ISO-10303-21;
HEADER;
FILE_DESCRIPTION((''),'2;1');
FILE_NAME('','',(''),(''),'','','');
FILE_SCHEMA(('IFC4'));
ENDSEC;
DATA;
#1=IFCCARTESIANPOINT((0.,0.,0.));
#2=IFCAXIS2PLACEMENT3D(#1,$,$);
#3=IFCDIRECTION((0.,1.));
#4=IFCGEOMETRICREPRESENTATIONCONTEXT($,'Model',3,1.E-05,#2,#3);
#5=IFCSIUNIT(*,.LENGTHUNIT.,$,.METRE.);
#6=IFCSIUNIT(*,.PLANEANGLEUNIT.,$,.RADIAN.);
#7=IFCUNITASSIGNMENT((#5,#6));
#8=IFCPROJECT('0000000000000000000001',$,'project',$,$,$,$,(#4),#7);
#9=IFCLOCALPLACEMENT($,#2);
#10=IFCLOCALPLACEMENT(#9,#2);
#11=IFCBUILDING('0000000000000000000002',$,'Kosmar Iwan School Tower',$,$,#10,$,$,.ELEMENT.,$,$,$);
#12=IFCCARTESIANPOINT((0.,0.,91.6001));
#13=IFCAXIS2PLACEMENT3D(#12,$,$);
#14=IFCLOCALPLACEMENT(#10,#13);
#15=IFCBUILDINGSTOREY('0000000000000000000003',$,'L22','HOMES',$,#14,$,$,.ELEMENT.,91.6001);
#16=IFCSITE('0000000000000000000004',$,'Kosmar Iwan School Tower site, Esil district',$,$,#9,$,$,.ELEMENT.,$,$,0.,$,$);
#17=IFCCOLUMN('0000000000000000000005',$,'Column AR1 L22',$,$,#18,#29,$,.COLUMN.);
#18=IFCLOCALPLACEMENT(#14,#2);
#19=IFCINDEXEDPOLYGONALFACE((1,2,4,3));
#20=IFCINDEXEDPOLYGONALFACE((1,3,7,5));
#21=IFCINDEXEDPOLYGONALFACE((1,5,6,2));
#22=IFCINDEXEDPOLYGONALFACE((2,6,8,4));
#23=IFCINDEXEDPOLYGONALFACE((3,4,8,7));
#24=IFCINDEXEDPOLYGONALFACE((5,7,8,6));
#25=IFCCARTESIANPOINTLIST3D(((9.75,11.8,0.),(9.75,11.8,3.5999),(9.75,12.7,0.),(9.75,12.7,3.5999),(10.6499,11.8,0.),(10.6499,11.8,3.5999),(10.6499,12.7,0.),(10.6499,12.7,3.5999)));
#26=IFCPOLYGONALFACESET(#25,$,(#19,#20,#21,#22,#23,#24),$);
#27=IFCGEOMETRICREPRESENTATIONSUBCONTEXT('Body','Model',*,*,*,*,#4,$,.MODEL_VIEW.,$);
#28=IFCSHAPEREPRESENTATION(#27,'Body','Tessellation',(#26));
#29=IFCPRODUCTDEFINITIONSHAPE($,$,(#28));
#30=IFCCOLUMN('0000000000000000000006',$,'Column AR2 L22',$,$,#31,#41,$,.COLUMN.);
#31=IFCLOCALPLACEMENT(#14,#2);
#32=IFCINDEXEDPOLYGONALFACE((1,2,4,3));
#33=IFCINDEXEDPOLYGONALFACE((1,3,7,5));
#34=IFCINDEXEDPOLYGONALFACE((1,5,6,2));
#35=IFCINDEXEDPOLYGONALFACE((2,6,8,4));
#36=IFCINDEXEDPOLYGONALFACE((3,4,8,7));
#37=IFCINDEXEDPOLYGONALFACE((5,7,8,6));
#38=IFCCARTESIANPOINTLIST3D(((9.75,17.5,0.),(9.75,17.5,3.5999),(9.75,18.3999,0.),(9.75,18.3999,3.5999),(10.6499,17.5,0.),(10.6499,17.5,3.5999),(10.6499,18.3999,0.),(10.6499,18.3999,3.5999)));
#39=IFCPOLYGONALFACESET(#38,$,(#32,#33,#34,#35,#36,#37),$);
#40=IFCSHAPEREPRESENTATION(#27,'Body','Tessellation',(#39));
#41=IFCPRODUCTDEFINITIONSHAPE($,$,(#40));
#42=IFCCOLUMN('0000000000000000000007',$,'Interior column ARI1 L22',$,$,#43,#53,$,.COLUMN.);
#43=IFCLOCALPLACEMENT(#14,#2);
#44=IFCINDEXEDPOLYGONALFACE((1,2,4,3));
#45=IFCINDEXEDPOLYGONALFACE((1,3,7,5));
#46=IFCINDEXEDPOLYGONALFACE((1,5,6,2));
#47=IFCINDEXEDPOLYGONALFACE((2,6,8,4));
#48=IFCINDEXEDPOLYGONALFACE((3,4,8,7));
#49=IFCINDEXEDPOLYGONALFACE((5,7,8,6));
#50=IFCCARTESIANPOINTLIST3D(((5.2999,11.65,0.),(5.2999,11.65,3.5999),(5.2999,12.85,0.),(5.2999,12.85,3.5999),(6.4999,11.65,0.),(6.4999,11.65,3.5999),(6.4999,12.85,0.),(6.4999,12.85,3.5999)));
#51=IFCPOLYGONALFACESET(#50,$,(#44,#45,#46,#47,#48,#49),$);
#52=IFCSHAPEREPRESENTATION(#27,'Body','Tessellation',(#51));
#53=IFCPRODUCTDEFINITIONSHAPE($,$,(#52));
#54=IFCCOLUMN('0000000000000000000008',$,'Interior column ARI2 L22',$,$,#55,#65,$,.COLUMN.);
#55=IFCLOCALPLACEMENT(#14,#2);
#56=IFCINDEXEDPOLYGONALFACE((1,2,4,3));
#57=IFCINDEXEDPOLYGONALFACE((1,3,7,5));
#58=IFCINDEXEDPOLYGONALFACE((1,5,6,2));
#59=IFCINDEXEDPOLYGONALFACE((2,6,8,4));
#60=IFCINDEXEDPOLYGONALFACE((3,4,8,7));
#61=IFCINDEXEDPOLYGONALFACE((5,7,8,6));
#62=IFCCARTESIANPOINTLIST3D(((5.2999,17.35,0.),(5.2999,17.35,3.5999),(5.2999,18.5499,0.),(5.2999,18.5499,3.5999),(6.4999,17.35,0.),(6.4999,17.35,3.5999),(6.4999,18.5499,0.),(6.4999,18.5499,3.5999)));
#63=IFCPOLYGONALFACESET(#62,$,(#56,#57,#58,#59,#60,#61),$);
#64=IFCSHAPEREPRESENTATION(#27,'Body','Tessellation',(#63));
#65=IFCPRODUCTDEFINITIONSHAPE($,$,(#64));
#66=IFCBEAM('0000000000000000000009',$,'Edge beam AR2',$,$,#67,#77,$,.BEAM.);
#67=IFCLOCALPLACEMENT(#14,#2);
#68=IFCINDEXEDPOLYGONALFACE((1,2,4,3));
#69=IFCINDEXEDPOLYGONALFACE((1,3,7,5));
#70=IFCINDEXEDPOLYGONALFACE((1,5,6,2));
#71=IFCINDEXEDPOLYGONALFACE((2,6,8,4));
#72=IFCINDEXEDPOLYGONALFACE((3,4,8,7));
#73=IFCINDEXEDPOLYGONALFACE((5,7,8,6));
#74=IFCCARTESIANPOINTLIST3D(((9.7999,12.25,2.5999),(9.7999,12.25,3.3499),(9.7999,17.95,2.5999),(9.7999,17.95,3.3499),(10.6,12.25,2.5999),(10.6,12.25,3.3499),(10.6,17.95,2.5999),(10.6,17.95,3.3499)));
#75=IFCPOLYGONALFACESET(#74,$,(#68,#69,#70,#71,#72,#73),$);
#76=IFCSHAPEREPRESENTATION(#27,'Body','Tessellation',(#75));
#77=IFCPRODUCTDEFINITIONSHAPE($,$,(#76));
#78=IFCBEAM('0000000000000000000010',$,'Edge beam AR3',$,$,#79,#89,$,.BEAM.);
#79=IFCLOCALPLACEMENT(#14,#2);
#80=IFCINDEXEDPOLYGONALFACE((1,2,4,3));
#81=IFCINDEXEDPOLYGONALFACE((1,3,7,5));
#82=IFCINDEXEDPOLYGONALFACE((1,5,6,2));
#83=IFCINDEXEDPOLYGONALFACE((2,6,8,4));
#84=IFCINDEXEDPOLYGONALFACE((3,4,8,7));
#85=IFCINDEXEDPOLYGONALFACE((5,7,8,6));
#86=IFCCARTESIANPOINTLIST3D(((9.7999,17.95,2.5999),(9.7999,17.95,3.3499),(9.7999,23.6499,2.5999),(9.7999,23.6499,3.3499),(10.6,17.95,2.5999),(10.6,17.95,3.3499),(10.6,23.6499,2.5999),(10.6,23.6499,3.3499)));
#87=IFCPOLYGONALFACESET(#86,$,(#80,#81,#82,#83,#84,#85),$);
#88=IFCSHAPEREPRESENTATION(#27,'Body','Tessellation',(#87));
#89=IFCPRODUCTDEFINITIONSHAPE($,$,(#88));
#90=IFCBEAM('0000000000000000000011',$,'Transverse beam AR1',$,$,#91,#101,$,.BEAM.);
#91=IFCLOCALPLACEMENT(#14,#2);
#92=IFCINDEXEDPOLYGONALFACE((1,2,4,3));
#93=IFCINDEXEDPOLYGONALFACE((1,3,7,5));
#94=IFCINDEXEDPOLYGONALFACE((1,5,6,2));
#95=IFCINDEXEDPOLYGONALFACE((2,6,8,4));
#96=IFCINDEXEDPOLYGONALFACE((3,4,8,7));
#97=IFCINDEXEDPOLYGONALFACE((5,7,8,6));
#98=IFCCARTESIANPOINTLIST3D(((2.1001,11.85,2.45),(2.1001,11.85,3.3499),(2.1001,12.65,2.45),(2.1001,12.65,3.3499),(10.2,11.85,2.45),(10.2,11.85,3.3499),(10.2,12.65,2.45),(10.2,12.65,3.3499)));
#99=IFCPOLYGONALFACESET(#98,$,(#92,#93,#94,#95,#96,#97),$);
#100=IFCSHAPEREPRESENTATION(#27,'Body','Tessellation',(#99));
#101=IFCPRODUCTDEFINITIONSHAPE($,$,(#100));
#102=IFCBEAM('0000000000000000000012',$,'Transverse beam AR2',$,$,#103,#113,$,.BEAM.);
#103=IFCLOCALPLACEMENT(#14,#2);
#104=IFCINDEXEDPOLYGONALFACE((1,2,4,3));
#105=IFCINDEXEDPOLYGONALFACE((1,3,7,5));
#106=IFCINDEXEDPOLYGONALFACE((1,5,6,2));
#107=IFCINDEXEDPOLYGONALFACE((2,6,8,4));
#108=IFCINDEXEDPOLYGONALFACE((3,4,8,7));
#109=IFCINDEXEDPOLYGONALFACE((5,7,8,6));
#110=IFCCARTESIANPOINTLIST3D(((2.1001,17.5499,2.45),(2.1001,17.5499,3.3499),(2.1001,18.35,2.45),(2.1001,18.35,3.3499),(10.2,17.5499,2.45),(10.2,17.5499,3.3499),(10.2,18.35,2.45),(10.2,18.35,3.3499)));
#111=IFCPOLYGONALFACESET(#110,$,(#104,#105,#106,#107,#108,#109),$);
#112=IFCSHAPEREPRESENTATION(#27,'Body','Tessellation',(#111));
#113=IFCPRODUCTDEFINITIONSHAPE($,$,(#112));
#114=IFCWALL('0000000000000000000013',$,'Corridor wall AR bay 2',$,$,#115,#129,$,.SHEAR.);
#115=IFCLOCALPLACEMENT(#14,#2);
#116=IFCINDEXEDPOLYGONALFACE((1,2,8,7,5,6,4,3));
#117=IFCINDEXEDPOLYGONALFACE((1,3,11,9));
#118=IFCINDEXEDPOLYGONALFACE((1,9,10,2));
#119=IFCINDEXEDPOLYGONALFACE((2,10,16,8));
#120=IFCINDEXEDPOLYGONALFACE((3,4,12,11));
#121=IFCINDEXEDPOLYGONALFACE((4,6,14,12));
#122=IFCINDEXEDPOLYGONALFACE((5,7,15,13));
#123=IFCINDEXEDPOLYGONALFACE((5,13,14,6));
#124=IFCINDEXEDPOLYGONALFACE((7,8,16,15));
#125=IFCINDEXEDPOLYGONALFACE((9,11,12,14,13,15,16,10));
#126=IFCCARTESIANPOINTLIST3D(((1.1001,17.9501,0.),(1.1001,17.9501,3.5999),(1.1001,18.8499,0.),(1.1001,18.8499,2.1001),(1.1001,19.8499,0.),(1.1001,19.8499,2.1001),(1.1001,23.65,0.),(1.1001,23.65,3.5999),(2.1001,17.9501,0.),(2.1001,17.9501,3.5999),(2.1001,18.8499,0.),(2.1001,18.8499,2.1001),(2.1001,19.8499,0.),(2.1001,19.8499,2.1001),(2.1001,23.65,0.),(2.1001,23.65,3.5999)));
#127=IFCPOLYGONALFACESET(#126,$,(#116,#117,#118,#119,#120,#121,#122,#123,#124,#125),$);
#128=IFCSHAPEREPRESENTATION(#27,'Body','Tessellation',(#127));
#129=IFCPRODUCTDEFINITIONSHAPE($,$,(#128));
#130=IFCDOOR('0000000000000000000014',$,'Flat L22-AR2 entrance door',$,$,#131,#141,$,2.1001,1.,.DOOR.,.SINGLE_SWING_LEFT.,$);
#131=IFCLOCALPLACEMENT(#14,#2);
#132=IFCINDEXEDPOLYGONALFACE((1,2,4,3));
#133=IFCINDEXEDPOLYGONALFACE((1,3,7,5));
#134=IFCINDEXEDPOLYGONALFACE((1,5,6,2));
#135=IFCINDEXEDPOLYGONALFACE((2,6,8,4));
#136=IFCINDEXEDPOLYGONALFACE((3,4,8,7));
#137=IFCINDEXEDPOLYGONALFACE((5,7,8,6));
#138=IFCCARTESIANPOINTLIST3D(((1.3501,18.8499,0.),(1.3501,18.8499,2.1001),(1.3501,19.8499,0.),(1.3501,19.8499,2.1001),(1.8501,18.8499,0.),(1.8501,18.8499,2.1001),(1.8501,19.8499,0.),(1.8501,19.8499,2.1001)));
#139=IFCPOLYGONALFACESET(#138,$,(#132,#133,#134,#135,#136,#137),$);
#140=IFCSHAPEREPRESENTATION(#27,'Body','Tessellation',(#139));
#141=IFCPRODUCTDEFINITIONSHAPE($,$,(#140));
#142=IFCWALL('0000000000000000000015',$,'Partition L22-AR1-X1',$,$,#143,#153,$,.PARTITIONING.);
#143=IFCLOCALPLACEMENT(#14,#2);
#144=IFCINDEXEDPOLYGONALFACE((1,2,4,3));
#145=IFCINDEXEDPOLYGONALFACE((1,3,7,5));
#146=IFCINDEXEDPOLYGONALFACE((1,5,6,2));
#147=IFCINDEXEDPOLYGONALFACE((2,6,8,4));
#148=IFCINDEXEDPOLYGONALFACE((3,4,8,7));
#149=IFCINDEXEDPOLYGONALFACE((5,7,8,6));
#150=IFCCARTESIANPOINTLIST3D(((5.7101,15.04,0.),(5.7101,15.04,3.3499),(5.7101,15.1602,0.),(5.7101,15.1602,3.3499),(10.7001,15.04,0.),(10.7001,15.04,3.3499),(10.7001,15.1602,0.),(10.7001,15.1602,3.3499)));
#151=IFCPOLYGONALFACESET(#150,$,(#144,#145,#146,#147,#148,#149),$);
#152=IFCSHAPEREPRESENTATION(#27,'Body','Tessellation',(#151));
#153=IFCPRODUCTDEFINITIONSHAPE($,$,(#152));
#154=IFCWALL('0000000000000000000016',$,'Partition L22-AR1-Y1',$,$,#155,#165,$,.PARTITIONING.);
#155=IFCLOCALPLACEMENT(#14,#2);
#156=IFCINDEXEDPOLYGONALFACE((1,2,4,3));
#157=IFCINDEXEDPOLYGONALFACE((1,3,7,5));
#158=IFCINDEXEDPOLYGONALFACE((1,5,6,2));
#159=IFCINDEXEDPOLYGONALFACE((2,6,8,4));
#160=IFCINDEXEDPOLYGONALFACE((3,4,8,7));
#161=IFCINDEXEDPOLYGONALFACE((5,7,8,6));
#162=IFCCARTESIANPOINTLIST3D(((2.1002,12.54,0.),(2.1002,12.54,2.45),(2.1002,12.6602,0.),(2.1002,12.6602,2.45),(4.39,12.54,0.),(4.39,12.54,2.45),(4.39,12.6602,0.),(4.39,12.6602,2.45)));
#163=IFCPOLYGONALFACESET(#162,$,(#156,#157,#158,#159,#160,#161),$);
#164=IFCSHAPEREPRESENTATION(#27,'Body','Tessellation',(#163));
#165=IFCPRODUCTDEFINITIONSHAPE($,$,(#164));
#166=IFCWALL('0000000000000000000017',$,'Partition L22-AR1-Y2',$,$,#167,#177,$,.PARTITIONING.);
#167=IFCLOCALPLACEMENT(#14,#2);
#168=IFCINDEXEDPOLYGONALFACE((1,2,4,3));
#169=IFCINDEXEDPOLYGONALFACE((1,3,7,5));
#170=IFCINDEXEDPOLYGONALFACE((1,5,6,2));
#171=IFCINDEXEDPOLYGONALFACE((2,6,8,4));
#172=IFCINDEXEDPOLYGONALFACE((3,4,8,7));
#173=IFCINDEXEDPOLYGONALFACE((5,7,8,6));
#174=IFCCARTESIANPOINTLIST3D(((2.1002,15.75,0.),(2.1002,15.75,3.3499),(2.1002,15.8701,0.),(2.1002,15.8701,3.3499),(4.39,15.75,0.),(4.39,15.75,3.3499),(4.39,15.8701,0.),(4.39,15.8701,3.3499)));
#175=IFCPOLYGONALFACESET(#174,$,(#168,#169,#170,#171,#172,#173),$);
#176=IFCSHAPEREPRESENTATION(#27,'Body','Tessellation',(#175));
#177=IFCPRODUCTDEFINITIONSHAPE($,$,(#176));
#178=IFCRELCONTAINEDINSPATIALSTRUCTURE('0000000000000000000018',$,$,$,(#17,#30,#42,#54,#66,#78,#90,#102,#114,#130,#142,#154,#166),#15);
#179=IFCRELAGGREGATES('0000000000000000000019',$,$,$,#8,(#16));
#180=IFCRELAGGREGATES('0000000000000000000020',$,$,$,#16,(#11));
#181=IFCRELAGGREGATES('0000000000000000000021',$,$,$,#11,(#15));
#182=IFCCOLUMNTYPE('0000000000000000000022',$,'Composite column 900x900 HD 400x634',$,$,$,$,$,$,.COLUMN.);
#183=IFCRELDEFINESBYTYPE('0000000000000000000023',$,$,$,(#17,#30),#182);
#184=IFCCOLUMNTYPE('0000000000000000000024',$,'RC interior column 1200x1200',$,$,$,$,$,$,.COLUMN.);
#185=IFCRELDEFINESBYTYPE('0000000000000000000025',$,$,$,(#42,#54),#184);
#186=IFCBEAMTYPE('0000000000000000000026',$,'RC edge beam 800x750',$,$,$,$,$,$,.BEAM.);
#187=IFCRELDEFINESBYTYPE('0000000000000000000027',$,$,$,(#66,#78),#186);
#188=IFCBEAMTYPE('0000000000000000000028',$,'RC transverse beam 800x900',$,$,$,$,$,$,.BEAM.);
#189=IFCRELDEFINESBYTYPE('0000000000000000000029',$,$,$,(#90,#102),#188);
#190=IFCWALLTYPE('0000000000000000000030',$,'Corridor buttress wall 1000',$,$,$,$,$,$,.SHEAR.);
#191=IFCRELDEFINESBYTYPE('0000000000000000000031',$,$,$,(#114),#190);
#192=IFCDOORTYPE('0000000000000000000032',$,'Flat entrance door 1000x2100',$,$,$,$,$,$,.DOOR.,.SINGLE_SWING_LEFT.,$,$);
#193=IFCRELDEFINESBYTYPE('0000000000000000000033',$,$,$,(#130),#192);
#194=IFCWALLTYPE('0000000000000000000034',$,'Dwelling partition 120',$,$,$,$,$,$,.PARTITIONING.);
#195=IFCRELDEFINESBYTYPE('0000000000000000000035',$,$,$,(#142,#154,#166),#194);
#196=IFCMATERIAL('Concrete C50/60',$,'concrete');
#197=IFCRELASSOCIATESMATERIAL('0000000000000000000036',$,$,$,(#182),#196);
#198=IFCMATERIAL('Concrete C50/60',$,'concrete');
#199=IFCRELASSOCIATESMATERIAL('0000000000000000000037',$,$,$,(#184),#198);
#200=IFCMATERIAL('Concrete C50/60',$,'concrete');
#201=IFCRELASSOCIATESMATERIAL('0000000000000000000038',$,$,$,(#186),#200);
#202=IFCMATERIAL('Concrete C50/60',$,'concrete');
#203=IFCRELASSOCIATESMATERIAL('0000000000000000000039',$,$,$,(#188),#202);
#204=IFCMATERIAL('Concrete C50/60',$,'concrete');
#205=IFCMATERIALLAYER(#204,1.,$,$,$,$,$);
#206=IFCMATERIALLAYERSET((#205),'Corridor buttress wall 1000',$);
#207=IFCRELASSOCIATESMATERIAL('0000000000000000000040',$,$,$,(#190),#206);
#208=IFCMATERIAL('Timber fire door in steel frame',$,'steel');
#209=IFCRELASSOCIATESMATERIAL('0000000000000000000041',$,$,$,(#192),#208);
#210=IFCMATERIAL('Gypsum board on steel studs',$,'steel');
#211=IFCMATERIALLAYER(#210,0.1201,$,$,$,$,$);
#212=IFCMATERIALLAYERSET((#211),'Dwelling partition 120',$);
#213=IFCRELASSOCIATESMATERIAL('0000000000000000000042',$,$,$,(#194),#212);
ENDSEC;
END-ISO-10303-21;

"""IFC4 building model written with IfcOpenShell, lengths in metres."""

from ifc_helpers import new_model, si_unit, direction, frame, frame_2d, origin, origin_2d, place, context, subcontext, project, spatial, rectangle, extrude, material, layer, layer_set, material_profile, profile_set, type_object, element, fill, save


model = new_model("IFC4")

# Units and contexts
model_context = context("Model", 3, precision=1e-05, world=origin(), true_north=direction((0.0, 1.0)))
body_context = subcontext(model_context, "Body", "Model", "MODEL_VIEW")
ifc_project = project(units=[si_unit("LENGTHUNIT", "METRE"), si_unit("PLANEANGLEUNIT", "RADIAN")], contexts=[model_context])

# Site, building, storey
site_placement = place(None, origin())
site = spatial("IfcSite", under=ifc_project, at=site_placement, Name="Kosmar Iwan School Tower site, Esil district", CompositionType="ELEMENT", RefElevation=0.0)
building_placement = place(site_placement, origin())
building = spatial("IfcBuilding", under=site, at=building_placement, Name="Kosmar Iwan School Tower", CompositionType="ELEMENT")
storey_placement = place(building_placement, frame((0.0, 0.0, 91.6001)))
storey = spatial("IfcBuildingStorey", under=building, at=storey_placement, Name="L22", Description="HOMES", CompositionType="ELEMENT", Elevation=91.6001)

# Columns
ifc_material_1 = material(Name="Concrete C50/60", Category="concrete")
ifc_material_profile_1 = material_profile(ifc_material_1, rectangle(XDim=0.8999, YDim=0.8999, at=origin_2d()), Name="RC 900x900 + HD 400x634")
ifc_profile_set_1 = profile_set([ifc_material_profile_1], Name="Concrete C50/60")
column_type_1 = type_object("IfcColumnType", Name="Composite column 900x900 HD 400x634", PredefinedType="COLUMN", material=ifc_profile_set_1)
for number, where, z_axis, x_axis, name in (
    (1, (10.2, 12.25, 0.0), (0.0, 0.0, 1.0), (0.0, 1.0, 0.0), "Column AR1 L22"),
    (2, (10.2, 17.95, 0.0), (0.0, 0.0, 1.0), (0.0, 1.0, 0.0), "Column AR2 L22"),
):
    element("IfcColumn", number, at=place(storey_placement, frame(where, z_axis=z_axis, x_axis=x_axis)), inside=storey, type_object=column_type_1, Name=name, PredefinedType="COLUMN", context=body_context, shape_type="SweptSolid", body=[
        extrude(rectangle(XDim=0.8999, YDim=0.8999, at=origin_2d()), origin(), (0.0, 0.0, 1.0), 3.5999),
    ])
ifc_material_2 = material(Name="Concrete C50/60", Category="concrete")
ifc_material_profile_2 = material_profile(ifc_material_2, rectangle(XDim=1.2, YDim=1.2, at=origin_2d()), Name="RC 1200x1200")
ifc_profile_set_2 = profile_set([ifc_material_profile_2], Name="Concrete C50/60")
column_type_2 = type_object("IfcColumnType", Name="RC interior column 1200x1200", PredefinedType="COLUMN", material=ifc_profile_set_2)
for number, where, z_axis, x_axis, name in (
    (3, (5.8999, 12.25, 0.0), (0.0, 0.0, 1.0), (0.0, 1.0, 0.0), "Interior column ARI1 L22"),
    (4, (5.8999, 17.95, 0.0), (0.0, 0.0, 1.0), (0.0, 1.0, 0.0), "Interior column ARI2 L22"),
):
    element("IfcColumn", number, at=place(storey_placement, frame(where, z_axis=z_axis, x_axis=x_axis)), inside=storey, type_object=column_type_2, Name=name, PredefinedType="COLUMN", context=body_context, shape_type="SweptSolid", body=[
        extrude(rectangle(XDim=1.2, YDim=1.2, at=origin_2d()), origin(), (0.0, 0.0, 1.0), 3.5999),
    ])

# Beams
ifc_material_3 = material(Name="Concrete C50/60", Category="concrete")
ifc_material_profile_3 = material_profile(ifc_material_3, rectangle(XDim=0.8, YDim=0.75, at=origin_2d()), Name="RC 800x750")
ifc_profile_set_3 = profile_set([ifc_material_profile_3], Name="Concrete C50/60")
beam_type_1 = type_object("IfcBeamType", Name="RC edge beam 800x750", PredefinedType="BEAM", material=ifc_profile_set_3)
for number, where, z_axis, x_axis, name in (
    (5, (10.2, 12.25, 2.9749), (0.0, 1.0, 0.0), (-1.0, 0.0, 0.0), "Edge beam AR2"),
    (6, (10.2, 17.95, 2.9749), (0.0, 1.0, 0.0), (-1.0, 0.0, 0.0), "Edge beam AR3"),
):
    element("IfcBeam", number, at=place(storey_placement, frame(where, z_axis=z_axis, x_axis=x_axis)), inside=storey, type_object=beam_type_1, Name=name, PredefinedType="BEAM", context=body_context, shape_type="SweptSolid", body=[
        extrude(rectangle(XDim=0.8, YDim=0.75, at=origin_2d()), origin(), (0.0, 0.0, 1.0), 5.7),
    ])
ifc_material_4 = material(Name="Concrete C50/60", Category="concrete")
ifc_material_profile_4 = material_profile(ifc_material_4, rectangle(XDim=0.8, YDim=0.8999, at=origin_2d()), Name="RC 800x900")
ifc_profile_set_4 = profile_set([ifc_material_profile_4], Name="Concrete C50/60")
beam_type_2 = type_object("IfcBeamType", Name="RC transverse beam 800x900", PredefinedType="BEAM", material=ifc_profile_set_4)
for number, where, z_axis, x_axis, name in (
    (7, (10.2, 12.25, 2.8999), (-1.0, 0.0, 0.0), (0.0, -1.0, 0.0), "Transverse beam AR1"),
    (8, (10.2, 17.95, 2.8999), (-1.0, 0.0, 0.0), (0.0, -1.0, 0.0), "Transverse beam AR2"),
):
    element("IfcBeam", number, at=place(storey_placement, frame(where, z_axis=z_axis, x_axis=x_axis)), inside=storey, type_object=beam_type_2, Name=name, PredefinedType="BEAM", context=body_context, shape_type="SweptSolid", body=[
        extrude(rectangle(XDim=0.8, YDim=0.8999, at=origin_2d()), origin(), (0.0, 0.0, 1.0), 8.0999),
    ])

# Wall, opening, door
ifc_material_5 = material(Name="Concrete C50/60", Category="concrete")
ifc_layer_1 = layer(ifc_material_5, 1.0)
ifc_layer_set_1 = layer_set([ifc_layer_1], Name="Corridor buttress wall 1000")
wall_type_1 = type_object("IfcWallType", Name="Corridor buttress wall 1000", PredefinedType="SHEAR", material=ifc_layer_set_1)
wall_1_placement = place(storey_placement, frame((1.6001, 17.95, 0.0), z_axis=(0.0, 0.0, 1.0), x_axis=(0.0, 1.0, 0.0)))
wall_1 = element("IfcWall", 9, at=wall_1_placement, inside=storey, type_object=wall_type_1, Name="Corridor wall AR bay 2", PredefinedType="SHEAR", context=body_context, shape_type="SweptSolid", body=[
    extrude(rectangle(XDim=5.7, YDim=1.0, at=frame_2d((2.8501, 0.0))), origin(), (0.0, 0.0, 1.0), 3.5999),
])
opening_1_placement = place(wall_1_placement, frame((0.8999, 0.0, 0.0)))
opening_1 = element("IfcOpeningElement", 10, at=opening_1_placement, cuts=wall_1, PredefinedType="OPENING", context=body_context, shape_type="SweptSolid", body=[
    extrude(rectangle(XDim=1.0, YDim=2.1001, at=frame_2d((0.5, 1.05))), frame((0.0, 0.512, 0.0), z_axis=(0.0, -1.0, 0.0), x_axis=(1.0, 0.0, 0.0)), (0.0, 0.0, 1.0), 1.0239),
])
ifc_material_6 = material(Name="Timber fire door in steel frame", Category="steel")
door_type_1 = type_object("IfcDoorType", Name="Flat entrance door 1000x2100", OperationType="SINGLE_SWING_LEFT", PredefinedType="DOOR", material=ifc_material_6)
door_1_placement = place(opening_1_placement, origin())
door_1 = element("IfcDoor", 11, at=door_1_placement, inside=storey, type_object=door_type_1, Name="Flat L22-AR2 entrance door", OperationType="SINGLE_SWING_LEFT", OverallHeight=2.1001, OverallWidth=1.0, PredefinedType="DOOR", context=body_context, shape_type="SweptSolid", body=[
    extrude(rectangle(XDim=1.0, YDim=2.1001, at=frame_2d((0.5, 1.05))), frame((0.0, 0.25, 0.0), z_axis=(0.0, -1.0, 0.0), x_axis=(1.0, 0.0, 0.0)), (0.0, 0.0, 1.0), 0.5),
])
fill(opening_1, door_1)

# Walls
ifc_material_7 = material(Name="Gypsum board on steel studs", Category="steel")
ifc_layer_2 = layer(ifc_material_7, 0.1201)
ifc_layer_set_2 = layer_set([ifc_layer_2], Name="Dwelling partition 120")
wall_type_2 = type_object("IfcWallType", Name="Dwelling partition 120", PredefinedType="PARTITIONING", material=ifc_layer_set_2)
wall_2_placement = place(storey_placement, frame((5.71, 15.1001, 0.0), z_axis=(0.0, 0.0, 1.0), x_axis=(1.0, 0.0, 0.0)))
element("IfcWall", 12, at=wall_2_placement, inside=storey, type_object=wall_type_2, Name="Partition L22-AR1-X1", PredefinedType="PARTITIONING", context=body_context, shape_type="SweptSolid", body=[
    extrude(rectangle(XDim=4.99, YDim=0.1201, at=frame_2d((2.4951, 0.0))), origin(), (0.0, 0.0, 1.0), 3.3499),
])
wall_3_placement = place(storey_placement, frame((2.1001, 12.6001, 0.0), z_axis=(0.0, 0.0, 1.0), x_axis=(1.0, 0.0, 0.0)))
element("IfcWall", 13, at=wall_3_placement, inside=storey, type_object=wall_type_2, Name="Partition L22-AR1-Y1", PredefinedType="PARTITIONING", context=body_context, shape_type="SweptSolid", body=[
    extrude(rectangle(XDim=2.2898, YDim=0.1201, at=frame_2d((1.145, 0.0))), origin(), (0.0, 0.0, 1.0), 2.45),
])
wall_4_placement = place(storey_placement, frame((2.1001, 15.8101, 0.0), z_axis=(0.0, 0.0, 1.0), x_axis=(1.0, 0.0, 0.0)))
element("IfcWall", 14, at=wall_4_placement, inside=storey, type_object=wall_type_2, Name="Partition L22-AR1-Y2", PredefinedType="PARTITIONING", context=body_context, shape_type="SweptSolid", body=[
    extrude(rectangle(XDim=2.2898, YDim=0.1201, at=frame_2d((1.145, 0.0))), origin(), (0.0, 0.0, 1.0), 3.3499),
])

save(model, "model.ifc")
